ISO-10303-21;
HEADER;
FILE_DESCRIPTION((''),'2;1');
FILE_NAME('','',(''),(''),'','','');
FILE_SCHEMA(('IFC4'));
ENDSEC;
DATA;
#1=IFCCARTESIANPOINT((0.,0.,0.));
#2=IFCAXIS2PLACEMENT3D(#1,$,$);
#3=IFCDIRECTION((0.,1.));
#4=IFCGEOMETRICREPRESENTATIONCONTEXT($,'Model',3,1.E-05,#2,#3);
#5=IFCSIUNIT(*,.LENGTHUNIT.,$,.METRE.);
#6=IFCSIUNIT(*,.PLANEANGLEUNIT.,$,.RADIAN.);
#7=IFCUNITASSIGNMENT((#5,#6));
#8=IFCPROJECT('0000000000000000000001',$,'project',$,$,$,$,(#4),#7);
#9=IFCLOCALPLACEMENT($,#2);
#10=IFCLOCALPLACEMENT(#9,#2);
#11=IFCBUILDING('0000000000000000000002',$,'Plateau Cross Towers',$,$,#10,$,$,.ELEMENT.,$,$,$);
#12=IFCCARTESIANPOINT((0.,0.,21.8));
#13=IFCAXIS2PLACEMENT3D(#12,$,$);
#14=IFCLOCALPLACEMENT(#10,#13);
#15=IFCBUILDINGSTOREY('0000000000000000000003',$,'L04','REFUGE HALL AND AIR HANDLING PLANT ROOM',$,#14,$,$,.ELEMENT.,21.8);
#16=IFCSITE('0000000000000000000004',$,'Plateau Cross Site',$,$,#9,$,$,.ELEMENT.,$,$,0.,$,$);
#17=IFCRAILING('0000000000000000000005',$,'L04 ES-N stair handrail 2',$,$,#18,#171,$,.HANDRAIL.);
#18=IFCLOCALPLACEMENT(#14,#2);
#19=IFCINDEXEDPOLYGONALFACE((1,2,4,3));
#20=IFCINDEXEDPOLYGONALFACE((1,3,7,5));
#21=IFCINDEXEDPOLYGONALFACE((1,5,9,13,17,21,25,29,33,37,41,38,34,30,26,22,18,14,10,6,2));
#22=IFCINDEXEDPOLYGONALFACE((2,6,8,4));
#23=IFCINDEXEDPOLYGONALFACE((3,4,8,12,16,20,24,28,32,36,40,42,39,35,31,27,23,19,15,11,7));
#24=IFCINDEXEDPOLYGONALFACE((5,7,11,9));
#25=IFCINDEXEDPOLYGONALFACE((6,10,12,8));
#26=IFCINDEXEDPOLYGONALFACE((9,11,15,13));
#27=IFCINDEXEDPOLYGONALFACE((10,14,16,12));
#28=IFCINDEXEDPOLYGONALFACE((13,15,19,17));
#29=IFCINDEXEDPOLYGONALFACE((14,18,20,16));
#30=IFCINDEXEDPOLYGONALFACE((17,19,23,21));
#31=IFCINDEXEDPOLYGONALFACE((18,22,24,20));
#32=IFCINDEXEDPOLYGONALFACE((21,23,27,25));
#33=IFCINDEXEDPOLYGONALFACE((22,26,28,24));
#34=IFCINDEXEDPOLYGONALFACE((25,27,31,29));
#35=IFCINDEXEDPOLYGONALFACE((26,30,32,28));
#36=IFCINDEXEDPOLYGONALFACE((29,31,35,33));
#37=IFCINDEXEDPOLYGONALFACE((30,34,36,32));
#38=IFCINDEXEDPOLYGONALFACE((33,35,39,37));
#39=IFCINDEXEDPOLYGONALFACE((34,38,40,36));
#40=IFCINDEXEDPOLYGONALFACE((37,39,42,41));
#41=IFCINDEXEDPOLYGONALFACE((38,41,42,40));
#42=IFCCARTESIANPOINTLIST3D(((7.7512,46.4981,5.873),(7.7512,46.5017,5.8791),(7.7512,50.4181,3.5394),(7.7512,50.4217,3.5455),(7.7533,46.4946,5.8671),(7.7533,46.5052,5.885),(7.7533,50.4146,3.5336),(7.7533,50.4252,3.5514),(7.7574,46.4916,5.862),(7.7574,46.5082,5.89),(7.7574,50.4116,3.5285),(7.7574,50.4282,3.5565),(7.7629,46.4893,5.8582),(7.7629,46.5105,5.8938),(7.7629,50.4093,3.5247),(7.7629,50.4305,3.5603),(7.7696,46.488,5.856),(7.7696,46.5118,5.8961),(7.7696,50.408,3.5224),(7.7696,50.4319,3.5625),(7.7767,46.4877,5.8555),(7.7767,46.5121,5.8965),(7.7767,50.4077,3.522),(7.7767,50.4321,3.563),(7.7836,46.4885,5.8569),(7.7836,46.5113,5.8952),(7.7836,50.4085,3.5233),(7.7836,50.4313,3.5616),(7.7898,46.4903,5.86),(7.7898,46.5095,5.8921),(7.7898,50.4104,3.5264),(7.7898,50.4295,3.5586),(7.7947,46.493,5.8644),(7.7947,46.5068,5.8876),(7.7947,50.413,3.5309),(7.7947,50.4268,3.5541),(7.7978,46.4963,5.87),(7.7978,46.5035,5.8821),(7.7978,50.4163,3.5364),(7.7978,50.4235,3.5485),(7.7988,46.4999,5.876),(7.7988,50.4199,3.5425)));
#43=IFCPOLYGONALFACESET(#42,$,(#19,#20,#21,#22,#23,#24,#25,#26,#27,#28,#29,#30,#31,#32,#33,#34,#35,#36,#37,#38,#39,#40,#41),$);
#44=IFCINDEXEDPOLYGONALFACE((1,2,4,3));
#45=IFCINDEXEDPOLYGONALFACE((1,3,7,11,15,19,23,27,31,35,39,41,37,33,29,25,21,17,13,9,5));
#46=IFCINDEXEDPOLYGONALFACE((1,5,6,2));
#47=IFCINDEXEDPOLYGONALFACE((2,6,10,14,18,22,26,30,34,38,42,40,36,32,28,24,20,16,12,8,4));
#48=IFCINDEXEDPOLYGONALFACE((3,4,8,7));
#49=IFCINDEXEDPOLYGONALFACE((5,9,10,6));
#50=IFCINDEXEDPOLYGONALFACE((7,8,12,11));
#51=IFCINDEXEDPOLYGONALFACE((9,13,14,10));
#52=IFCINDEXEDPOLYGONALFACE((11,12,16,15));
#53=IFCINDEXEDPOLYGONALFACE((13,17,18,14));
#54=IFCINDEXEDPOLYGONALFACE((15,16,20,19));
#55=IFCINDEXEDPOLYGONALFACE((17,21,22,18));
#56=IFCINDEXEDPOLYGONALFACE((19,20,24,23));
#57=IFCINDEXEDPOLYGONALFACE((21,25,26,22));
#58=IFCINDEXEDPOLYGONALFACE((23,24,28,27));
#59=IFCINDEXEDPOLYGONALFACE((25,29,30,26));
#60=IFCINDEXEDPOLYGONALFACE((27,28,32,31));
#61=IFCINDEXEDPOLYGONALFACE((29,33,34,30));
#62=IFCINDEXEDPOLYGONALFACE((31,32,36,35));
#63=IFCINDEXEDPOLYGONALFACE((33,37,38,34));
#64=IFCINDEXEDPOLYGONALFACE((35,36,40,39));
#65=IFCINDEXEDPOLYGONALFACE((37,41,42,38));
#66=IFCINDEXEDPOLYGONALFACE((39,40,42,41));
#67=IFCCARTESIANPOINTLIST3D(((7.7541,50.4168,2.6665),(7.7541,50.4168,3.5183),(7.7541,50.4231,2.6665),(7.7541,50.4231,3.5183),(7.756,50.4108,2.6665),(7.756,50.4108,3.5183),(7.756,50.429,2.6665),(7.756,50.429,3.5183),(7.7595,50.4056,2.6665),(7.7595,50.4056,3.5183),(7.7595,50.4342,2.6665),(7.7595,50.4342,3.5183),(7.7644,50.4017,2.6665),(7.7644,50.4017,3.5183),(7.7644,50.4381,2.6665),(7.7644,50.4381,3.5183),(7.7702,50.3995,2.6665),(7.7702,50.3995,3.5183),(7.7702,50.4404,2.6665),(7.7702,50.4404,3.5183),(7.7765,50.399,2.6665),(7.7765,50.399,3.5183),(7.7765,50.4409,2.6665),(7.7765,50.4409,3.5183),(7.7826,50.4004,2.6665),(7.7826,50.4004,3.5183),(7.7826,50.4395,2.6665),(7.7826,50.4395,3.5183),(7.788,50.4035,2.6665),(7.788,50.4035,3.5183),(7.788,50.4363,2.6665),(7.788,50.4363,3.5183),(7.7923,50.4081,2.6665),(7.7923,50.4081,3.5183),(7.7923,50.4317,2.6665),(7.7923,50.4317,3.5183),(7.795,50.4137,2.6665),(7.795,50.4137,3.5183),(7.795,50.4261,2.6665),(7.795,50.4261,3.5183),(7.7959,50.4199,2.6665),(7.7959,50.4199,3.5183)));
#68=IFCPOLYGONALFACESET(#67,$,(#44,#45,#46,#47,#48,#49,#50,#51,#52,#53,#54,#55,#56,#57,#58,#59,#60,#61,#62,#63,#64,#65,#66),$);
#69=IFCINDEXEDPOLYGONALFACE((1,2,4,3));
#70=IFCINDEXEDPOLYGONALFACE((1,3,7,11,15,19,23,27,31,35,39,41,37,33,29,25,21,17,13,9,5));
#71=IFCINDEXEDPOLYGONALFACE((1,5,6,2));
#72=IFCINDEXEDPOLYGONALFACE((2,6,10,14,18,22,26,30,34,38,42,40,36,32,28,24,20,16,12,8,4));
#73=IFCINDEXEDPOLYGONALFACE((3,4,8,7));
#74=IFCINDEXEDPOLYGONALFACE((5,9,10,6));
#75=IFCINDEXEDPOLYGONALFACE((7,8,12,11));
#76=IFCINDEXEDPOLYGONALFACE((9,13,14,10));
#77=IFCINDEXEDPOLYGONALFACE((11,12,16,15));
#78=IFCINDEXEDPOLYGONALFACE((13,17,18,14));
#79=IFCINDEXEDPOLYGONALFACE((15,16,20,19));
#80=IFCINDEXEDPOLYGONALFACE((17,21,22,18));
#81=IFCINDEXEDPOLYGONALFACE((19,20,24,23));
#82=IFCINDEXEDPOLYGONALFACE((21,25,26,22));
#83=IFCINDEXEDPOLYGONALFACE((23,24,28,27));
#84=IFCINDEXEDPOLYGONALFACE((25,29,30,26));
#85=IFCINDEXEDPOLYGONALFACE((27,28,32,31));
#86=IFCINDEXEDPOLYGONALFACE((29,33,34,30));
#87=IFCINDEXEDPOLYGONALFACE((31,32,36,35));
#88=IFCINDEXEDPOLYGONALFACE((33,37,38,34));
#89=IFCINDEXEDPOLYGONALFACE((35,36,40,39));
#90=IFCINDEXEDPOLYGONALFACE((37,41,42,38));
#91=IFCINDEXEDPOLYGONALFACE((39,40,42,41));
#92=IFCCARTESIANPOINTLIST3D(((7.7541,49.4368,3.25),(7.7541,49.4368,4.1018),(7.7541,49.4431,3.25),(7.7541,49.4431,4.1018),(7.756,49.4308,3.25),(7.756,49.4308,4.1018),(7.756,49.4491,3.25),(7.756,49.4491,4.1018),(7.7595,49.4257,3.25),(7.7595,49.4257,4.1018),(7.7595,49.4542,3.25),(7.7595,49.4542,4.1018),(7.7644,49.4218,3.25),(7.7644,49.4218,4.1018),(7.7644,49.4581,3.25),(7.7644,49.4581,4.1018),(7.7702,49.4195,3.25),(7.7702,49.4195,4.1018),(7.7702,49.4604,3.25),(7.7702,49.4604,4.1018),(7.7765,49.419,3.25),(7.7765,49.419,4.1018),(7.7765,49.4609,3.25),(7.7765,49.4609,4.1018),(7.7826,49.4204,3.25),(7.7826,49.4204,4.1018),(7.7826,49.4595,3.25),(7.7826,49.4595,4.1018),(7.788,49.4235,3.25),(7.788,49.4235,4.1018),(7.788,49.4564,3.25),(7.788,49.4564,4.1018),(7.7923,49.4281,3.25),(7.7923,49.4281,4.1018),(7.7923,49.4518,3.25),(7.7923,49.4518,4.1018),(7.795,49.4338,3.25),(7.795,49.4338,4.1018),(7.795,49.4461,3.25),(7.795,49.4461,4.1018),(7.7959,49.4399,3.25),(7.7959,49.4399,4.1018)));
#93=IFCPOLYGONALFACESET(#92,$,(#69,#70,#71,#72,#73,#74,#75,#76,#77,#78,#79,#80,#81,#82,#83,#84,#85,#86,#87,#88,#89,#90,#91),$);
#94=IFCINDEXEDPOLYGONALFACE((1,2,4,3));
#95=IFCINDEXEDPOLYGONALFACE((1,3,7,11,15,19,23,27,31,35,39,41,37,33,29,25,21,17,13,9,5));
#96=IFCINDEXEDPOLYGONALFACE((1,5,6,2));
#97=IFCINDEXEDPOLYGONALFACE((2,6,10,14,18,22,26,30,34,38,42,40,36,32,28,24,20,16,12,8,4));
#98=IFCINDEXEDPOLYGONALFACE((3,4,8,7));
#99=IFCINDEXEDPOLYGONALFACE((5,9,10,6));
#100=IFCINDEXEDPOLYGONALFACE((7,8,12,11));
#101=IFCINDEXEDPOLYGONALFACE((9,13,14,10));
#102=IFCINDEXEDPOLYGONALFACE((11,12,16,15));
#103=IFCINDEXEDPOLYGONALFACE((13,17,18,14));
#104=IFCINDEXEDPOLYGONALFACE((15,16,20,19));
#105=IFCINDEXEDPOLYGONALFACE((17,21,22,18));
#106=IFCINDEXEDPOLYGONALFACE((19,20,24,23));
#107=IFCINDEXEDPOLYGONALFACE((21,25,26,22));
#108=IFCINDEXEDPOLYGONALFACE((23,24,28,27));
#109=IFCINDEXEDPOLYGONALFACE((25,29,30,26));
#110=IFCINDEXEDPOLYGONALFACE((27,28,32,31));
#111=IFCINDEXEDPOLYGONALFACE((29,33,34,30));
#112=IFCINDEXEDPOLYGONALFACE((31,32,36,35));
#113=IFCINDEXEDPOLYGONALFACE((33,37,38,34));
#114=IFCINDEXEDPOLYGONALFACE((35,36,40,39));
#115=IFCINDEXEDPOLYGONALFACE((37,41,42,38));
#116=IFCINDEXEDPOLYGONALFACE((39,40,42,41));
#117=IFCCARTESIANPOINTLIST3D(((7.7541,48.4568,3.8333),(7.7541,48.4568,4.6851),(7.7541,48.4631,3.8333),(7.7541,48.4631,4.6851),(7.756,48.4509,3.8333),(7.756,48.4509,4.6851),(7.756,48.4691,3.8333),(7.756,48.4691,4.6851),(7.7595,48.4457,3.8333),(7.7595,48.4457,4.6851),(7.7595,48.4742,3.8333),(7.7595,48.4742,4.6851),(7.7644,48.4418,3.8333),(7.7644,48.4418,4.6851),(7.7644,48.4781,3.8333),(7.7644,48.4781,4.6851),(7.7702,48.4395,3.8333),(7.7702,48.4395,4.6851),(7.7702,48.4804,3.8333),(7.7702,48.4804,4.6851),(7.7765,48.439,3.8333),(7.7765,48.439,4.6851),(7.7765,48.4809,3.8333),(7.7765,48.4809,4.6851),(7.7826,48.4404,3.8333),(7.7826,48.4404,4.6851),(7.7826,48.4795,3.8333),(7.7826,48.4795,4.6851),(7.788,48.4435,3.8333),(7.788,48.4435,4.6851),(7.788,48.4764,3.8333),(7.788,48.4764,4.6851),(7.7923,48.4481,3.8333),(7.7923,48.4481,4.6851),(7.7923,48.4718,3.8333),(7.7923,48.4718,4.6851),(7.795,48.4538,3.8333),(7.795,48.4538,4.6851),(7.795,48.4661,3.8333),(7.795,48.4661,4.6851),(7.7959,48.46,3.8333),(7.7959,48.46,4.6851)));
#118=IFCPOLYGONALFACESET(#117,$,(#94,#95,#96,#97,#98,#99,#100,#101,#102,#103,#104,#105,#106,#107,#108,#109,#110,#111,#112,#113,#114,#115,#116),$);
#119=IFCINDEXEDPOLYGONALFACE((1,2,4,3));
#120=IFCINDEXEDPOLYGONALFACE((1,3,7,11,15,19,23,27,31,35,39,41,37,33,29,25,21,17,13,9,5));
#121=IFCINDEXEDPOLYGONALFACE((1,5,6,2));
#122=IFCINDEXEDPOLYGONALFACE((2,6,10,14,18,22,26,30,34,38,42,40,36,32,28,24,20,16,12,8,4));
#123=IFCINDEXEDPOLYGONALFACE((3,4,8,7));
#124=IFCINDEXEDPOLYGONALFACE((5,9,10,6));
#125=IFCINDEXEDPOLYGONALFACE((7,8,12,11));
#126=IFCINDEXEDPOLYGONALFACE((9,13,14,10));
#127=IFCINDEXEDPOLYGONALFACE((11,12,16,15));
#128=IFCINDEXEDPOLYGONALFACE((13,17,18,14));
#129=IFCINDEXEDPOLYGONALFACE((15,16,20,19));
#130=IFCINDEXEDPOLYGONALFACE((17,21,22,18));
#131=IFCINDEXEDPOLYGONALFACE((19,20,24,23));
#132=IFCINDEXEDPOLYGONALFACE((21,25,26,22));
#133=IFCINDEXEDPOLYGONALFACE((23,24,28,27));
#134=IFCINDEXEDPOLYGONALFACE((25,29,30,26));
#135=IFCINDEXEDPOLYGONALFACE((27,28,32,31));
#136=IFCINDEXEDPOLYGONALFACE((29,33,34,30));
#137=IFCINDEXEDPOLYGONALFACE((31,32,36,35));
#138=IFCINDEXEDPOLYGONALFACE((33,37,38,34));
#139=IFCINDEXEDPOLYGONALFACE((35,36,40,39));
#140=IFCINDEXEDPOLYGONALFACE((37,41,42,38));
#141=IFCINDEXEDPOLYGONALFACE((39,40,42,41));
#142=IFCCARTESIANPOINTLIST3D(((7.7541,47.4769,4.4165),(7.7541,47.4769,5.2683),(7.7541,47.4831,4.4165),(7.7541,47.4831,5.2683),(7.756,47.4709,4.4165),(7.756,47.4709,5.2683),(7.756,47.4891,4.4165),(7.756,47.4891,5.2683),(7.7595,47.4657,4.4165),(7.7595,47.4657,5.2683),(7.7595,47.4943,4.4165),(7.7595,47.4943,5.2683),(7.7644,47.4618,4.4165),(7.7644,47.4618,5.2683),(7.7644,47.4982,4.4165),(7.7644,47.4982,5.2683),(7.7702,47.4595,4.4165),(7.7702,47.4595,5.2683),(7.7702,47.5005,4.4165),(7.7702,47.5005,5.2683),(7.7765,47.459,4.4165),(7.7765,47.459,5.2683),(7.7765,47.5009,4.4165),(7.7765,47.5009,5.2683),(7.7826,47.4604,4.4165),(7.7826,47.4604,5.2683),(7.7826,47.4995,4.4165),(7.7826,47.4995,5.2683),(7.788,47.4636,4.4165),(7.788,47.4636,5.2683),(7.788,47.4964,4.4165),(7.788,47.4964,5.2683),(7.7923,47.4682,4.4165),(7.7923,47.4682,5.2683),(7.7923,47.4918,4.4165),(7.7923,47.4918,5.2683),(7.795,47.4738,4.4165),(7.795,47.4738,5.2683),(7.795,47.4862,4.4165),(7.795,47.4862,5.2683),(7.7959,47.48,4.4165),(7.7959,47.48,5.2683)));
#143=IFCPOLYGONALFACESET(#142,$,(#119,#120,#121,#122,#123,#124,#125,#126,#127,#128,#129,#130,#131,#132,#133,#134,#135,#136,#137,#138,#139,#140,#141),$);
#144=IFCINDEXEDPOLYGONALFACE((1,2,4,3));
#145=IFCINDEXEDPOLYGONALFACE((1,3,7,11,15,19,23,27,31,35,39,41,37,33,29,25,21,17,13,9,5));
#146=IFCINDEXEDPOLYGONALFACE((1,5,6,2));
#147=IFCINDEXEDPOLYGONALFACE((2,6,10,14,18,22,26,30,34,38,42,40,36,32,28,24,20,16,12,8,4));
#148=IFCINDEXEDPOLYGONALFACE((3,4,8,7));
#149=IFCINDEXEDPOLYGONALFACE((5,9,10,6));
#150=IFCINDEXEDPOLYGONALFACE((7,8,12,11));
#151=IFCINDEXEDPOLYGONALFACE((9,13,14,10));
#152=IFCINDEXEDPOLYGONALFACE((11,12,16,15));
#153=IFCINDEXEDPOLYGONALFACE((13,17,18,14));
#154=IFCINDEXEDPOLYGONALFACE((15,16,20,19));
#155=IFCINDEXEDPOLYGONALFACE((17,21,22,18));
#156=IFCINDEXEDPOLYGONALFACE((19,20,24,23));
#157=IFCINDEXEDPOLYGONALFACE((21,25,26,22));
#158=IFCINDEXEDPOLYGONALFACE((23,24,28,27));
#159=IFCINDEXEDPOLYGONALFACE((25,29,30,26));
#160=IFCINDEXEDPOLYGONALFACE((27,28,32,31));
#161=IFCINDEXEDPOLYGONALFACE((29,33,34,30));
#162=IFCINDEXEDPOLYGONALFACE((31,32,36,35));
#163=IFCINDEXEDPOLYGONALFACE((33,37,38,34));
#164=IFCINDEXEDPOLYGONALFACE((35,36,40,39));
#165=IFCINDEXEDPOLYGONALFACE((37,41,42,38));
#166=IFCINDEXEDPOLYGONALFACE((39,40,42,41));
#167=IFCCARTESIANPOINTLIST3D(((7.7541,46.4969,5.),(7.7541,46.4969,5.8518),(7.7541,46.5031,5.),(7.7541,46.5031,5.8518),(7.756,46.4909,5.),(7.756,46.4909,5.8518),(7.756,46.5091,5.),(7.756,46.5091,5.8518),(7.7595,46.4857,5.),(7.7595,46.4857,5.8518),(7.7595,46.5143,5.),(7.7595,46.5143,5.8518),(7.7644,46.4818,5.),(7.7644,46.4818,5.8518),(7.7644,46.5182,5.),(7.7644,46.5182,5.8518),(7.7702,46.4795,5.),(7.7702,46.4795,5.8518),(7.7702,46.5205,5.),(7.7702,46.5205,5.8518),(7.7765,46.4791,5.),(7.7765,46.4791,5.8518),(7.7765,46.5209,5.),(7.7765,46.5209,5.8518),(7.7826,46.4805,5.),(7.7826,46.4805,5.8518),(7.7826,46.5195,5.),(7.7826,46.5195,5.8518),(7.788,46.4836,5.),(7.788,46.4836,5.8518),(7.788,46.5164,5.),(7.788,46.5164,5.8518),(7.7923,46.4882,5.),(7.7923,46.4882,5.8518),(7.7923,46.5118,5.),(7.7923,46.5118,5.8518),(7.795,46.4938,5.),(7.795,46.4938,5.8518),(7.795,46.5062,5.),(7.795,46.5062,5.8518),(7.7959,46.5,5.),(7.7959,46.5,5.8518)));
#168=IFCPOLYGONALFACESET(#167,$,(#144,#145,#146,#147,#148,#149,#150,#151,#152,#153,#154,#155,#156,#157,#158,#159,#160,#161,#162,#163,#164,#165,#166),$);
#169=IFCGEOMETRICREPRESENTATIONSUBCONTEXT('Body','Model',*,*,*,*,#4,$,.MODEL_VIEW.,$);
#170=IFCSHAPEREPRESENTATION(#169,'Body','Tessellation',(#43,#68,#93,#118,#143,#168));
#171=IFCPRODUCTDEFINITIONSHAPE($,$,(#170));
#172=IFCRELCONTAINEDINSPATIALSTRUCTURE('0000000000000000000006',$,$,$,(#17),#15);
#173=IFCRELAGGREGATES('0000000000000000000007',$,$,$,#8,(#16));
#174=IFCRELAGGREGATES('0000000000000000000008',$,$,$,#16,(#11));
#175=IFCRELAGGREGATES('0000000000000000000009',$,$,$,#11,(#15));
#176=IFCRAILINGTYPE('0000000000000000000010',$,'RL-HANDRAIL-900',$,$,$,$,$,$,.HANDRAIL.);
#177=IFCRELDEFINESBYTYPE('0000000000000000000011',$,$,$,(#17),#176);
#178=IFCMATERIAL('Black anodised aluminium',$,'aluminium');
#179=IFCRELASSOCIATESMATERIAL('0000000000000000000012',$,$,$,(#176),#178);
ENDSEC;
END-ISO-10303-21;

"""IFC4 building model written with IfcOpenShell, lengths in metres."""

from ifc_helpers import new_model, si_unit, direction, frame, origin, origin_2d, place, context, subcontext, project, spatial, circle, extrude, material, type_object, element, save


model = new_model("IFC4")

# Units and contexts
model_context = context("Model", 3, precision=1e-05, world=origin(), true_north=direction((0.0, 1.0)))
body_context = subcontext(model_context, "Body", "Model", "MODEL_VIEW")
ifc_project = project(units=[si_unit("LENGTHUNIT", "METRE"), si_unit("PLANEANGLEUNIT", "RADIAN")], contexts=[model_context])

# Site, building, storey
site_placement = place(None, origin())
site = spatial("IfcSite", under=ifc_project, at=site_placement, Name="Plateau Cross Site", CompositionType="ELEMENT", RefElevation=0.0)
building_placement = place(site_placement, origin())
building = spatial("IfcBuilding", under=site, at=building_placement, Name="Plateau Cross Towers", CompositionType="ELEMENT")
storey_placement = place(building_placement, frame((0.0, 0.0, 21.8)))
storey = spatial("IfcBuildingStorey", under=building, at=storey_placement, Name="L04", Description="REFUGE HALL AND AIR HANDLING PLANT ROOM", CompositionType="ELEMENT", Elevation=21.8)

# Shared definitions
ifc_material_1 = material(Name="Black anodised aluminium", Category="aluminium")

# Railing
railing_type_1 = type_object("IfcRailingType", Name="RL-HANDRAIL-900", PredefinedType="HANDRAIL", material=ifc_material_1)
railing_1_placement = place(storey_placement, frame((7.7749, 50.4199, 2.6665)))
element("IfcRailing", 1, at=railing_1_placement, inside=storey, type_object=railing_type_1, Name="L04 ES-N stair handrail 2", PredefinedType="HANDRAIL", context=body_context, shape_type="SweptSolid", body=[
    extrude(circle(Radius=0.0239, at=origin_2d()), frame((0.0, 0.0, 0.876), z_axis=(0.0, -0.859273, 0.511518), x_axis=(1.0, 0.0, 0.0)), (0.0, 0.0, 1.0), 4.562),
    extrude(circle(Radius=0.021, at=origin_2d()), origin(), (0.0, 0.0, 1.0), 0.8518),
    extrude(circle(Radius=0.021, at=origin_2d()), frame((0.0, -0.98, 0.5835)), (0.0, 0.0, 1.0), 0.8518),
    extrude(circle(Radius=0.021, at=origin_2d()), frame((0.0, -1.96, 1.1667)), (0.0, 0.0, 1.0), 0.8518),
    extrude(circle(Radius=0.021, at=origin_2d()), frame((0.0, -2.9399, 1.75)), (0.0, 0.0, 1.0), 0.8518),
    extrude(circle(Radius=0.021, at=origin_2d()), frame((0.0, -3.9199, 2.3335)), (0.0, 0.0, 1.0), 0.8518),
])

save(model, "model.ifc")
